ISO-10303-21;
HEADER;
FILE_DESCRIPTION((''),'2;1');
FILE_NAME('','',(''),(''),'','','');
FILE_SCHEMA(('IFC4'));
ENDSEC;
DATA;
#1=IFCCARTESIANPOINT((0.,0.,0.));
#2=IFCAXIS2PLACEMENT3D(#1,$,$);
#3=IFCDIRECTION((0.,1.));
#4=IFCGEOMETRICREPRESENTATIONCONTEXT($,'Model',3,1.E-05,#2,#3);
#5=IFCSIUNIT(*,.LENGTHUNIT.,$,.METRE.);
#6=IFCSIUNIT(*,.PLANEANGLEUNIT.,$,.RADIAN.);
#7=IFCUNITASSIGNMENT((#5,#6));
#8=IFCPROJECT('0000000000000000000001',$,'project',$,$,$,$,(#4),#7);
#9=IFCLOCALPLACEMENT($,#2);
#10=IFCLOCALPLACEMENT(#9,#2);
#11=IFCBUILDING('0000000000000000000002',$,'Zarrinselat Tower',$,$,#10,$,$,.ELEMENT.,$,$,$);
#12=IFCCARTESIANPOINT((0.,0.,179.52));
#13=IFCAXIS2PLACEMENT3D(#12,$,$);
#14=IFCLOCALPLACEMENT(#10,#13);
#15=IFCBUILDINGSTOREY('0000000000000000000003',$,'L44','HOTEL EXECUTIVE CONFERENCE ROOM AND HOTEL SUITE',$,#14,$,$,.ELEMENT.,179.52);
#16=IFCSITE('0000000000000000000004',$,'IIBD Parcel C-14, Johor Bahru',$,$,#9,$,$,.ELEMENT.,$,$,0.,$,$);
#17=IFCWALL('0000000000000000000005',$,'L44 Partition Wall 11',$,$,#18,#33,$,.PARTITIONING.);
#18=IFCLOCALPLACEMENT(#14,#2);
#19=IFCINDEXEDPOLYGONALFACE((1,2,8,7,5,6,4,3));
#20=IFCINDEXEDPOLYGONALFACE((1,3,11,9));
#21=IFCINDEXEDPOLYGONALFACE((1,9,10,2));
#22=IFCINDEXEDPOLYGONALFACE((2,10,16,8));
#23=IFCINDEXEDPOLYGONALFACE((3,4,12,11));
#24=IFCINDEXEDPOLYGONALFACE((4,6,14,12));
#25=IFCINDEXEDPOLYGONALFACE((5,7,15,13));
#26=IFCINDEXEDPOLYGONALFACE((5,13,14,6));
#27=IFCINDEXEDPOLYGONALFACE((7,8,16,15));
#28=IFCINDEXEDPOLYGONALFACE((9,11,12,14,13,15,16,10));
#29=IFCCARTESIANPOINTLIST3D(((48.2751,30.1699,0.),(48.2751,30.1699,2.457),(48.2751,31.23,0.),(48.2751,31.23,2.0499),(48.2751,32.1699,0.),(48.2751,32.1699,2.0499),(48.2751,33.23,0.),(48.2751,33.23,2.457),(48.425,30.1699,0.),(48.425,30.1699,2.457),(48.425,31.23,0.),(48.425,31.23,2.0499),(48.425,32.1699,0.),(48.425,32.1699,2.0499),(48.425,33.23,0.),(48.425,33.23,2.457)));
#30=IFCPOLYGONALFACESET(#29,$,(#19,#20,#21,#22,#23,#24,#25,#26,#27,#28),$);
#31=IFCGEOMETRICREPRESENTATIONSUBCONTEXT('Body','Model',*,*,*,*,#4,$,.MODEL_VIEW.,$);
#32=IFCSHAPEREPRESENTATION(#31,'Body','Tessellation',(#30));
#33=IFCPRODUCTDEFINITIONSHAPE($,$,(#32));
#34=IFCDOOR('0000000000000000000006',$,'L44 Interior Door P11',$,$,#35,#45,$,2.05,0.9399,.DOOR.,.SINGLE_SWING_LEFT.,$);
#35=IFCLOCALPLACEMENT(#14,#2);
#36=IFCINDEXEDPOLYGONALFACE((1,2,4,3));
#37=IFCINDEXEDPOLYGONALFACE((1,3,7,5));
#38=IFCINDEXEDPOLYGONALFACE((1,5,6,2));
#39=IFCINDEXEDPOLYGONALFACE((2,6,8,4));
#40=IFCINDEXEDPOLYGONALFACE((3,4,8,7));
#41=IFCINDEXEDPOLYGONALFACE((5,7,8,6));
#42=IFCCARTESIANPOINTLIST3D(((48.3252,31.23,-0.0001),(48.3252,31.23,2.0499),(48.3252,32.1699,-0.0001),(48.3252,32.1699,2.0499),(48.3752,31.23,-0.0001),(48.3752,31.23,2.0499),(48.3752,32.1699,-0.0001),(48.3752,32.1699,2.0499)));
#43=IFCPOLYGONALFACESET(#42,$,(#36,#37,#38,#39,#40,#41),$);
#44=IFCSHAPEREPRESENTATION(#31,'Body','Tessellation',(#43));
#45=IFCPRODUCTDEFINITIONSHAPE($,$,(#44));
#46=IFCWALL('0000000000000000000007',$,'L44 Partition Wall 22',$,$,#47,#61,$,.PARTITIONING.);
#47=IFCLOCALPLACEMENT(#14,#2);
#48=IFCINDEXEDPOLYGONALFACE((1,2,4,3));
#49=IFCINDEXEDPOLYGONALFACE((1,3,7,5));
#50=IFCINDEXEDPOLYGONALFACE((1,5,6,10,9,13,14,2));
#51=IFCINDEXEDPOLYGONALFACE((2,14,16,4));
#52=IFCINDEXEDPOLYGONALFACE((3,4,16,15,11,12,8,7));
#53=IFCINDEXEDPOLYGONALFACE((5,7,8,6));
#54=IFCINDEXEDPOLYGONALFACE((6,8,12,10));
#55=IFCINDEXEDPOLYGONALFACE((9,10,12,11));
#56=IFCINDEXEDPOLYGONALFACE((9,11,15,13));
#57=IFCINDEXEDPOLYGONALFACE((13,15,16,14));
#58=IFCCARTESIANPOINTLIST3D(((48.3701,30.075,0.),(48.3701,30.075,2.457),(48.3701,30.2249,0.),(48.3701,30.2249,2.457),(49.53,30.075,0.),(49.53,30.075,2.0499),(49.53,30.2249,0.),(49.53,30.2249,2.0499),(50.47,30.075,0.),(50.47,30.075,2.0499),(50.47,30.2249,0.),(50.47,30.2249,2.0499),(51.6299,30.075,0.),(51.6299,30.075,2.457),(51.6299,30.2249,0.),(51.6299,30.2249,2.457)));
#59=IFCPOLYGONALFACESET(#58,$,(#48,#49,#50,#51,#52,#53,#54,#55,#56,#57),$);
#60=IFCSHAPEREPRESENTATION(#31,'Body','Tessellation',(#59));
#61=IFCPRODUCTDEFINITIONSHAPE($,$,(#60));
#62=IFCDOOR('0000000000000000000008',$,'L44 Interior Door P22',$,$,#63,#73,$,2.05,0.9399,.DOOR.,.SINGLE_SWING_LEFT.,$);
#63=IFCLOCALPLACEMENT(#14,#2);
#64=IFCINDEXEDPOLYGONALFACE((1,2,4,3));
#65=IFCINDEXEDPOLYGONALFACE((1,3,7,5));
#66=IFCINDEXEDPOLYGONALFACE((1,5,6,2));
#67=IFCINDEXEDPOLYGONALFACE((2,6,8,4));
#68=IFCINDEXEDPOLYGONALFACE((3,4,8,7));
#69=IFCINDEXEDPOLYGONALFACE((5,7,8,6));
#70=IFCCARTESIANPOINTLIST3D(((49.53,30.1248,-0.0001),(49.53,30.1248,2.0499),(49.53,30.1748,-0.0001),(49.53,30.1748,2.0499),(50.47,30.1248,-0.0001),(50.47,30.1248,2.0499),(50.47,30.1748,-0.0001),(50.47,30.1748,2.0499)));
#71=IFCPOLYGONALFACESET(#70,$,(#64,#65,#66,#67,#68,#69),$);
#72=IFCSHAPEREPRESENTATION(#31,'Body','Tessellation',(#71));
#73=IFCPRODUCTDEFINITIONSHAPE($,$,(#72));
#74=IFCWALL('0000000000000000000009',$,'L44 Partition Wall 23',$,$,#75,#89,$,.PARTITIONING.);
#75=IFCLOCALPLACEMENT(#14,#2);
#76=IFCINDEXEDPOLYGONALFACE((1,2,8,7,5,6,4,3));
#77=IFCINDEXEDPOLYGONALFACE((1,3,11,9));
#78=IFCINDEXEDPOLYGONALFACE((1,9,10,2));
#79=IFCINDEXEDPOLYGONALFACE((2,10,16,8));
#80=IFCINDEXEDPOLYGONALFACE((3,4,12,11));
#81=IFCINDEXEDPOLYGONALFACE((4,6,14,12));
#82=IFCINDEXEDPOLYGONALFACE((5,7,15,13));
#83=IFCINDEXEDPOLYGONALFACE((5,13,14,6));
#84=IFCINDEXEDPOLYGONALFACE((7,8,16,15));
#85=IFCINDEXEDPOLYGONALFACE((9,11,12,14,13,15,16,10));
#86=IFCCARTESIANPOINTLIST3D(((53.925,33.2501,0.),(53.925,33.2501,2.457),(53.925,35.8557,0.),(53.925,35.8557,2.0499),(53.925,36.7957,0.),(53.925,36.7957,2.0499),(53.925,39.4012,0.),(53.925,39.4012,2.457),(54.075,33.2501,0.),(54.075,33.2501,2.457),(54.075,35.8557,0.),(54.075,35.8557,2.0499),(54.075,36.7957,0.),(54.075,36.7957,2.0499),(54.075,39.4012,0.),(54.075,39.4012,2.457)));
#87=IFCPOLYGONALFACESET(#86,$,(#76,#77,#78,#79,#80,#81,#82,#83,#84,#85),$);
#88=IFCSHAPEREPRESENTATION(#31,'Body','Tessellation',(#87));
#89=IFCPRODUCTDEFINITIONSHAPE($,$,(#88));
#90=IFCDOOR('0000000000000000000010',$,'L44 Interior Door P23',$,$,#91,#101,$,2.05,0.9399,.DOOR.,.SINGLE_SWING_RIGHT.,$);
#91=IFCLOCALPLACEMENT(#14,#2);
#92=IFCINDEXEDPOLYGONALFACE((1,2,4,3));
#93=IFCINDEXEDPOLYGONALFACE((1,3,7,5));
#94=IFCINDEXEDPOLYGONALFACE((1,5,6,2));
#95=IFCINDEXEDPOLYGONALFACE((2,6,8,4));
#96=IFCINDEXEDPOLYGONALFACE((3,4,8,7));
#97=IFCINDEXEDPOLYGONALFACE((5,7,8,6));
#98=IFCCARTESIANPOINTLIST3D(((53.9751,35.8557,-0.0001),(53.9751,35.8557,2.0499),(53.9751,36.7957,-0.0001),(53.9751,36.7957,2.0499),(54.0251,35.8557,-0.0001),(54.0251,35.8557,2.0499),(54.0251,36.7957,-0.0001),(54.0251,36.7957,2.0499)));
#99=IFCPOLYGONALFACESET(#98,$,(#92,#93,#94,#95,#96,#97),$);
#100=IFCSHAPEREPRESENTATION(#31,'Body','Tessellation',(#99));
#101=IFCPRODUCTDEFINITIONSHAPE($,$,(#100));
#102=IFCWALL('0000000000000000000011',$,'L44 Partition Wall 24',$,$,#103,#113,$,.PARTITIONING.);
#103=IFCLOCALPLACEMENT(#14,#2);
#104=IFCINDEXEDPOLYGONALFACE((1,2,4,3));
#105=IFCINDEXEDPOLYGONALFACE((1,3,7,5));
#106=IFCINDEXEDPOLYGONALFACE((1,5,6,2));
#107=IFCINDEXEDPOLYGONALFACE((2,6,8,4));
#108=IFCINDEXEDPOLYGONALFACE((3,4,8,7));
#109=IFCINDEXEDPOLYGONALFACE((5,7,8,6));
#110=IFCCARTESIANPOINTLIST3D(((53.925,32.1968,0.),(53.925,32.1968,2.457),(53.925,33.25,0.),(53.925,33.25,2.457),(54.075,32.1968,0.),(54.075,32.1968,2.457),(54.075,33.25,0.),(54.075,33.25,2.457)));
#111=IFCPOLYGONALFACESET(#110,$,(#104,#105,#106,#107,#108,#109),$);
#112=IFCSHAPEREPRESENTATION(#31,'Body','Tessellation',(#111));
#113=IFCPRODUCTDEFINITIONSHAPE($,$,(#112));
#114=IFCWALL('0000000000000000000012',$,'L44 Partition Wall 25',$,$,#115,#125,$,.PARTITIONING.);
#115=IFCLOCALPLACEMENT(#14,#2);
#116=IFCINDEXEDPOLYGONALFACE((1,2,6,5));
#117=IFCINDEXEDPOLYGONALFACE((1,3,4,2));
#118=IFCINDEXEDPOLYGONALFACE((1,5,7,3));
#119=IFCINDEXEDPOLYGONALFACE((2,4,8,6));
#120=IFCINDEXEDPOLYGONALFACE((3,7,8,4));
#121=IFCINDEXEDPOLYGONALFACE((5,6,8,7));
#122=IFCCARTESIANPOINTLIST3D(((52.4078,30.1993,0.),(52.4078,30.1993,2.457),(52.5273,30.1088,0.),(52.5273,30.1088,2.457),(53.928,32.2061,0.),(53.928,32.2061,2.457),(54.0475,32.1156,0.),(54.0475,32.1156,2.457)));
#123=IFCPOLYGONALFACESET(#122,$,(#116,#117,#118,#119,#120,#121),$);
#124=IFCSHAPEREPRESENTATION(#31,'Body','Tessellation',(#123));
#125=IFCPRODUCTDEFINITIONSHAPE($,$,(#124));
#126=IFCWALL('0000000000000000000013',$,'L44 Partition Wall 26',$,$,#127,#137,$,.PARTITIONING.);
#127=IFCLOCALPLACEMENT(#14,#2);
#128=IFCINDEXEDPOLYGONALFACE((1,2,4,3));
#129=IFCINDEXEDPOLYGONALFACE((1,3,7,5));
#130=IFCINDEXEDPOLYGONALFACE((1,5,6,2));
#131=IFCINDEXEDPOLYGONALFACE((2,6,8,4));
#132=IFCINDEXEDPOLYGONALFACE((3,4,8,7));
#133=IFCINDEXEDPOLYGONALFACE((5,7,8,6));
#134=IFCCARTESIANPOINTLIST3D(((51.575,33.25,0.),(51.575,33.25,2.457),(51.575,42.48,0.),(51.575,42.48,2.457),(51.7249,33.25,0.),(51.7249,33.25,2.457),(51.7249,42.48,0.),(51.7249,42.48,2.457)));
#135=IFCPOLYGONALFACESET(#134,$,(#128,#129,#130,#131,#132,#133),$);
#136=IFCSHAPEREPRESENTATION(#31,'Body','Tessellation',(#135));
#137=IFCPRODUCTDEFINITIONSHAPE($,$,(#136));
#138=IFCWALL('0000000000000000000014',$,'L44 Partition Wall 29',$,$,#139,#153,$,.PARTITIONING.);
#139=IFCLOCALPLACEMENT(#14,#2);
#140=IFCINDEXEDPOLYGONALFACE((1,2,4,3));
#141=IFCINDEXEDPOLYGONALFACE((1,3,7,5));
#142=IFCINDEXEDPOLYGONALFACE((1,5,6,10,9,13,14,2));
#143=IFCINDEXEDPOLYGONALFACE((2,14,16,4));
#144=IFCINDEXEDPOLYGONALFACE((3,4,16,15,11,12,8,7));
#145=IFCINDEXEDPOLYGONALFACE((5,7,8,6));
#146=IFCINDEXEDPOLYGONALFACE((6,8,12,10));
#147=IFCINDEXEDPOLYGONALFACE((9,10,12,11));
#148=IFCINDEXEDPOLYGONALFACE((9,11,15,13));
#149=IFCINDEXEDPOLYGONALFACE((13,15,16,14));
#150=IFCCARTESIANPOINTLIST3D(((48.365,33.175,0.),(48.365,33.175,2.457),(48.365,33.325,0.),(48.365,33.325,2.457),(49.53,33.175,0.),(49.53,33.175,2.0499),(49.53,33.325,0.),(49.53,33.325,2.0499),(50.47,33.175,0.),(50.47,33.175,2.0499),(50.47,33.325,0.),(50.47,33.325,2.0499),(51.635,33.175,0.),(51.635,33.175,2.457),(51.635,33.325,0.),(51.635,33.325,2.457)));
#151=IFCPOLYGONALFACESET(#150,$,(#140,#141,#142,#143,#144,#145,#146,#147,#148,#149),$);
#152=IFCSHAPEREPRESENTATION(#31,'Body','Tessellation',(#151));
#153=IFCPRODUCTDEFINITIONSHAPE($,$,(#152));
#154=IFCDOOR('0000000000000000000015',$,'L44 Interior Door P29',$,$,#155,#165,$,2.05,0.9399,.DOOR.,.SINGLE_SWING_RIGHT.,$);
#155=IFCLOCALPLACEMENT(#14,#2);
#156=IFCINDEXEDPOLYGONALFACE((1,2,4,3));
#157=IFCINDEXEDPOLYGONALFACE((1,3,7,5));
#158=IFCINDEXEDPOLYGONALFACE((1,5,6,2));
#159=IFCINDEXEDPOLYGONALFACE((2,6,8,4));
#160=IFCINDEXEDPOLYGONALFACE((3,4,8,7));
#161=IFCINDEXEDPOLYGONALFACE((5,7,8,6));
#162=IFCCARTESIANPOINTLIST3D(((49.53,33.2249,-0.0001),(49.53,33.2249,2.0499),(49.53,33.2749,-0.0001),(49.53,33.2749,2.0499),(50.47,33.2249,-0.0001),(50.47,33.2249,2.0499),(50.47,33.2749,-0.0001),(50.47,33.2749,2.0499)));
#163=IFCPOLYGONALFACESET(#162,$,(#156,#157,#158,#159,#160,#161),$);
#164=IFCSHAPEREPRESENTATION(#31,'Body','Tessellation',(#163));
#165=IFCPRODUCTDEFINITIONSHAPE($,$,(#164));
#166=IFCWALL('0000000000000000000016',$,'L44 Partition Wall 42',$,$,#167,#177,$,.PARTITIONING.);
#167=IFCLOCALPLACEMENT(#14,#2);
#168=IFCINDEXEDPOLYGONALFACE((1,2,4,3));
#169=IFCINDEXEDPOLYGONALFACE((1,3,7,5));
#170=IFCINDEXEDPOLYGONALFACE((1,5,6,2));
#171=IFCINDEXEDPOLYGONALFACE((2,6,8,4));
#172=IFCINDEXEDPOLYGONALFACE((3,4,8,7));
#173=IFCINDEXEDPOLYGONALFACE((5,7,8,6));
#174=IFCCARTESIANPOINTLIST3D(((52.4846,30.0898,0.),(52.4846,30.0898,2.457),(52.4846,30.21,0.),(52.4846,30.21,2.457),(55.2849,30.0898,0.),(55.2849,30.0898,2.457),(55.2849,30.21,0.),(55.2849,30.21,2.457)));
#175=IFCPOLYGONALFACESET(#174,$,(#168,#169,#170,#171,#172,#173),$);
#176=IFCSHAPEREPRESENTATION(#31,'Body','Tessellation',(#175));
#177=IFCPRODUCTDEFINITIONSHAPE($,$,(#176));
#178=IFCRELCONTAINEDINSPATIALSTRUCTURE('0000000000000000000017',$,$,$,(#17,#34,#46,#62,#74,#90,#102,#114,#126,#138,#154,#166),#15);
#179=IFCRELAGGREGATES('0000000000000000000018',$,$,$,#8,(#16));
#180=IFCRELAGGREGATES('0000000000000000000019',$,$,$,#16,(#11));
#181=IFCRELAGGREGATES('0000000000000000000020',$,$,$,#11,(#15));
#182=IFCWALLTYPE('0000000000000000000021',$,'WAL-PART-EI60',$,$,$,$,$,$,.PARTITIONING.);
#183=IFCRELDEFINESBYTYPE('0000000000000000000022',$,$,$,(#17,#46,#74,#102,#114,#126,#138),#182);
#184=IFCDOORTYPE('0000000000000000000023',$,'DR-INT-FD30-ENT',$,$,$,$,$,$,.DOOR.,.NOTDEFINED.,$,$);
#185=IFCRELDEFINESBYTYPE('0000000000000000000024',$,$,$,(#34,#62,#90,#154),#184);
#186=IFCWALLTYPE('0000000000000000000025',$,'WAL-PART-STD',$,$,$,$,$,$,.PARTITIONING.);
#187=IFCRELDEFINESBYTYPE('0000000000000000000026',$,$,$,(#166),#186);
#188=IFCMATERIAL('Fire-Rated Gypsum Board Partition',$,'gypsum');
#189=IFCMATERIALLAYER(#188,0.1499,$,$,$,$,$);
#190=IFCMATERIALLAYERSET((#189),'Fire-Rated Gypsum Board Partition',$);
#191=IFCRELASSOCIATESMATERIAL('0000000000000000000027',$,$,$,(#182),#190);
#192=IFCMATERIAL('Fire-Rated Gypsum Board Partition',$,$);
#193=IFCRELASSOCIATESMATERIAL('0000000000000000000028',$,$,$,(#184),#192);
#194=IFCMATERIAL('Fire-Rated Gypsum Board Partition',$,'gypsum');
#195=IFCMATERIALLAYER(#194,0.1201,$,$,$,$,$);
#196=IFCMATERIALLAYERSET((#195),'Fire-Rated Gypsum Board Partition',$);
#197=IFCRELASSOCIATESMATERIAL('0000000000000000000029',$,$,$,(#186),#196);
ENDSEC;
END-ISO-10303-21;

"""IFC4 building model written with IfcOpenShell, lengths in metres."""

from ifc_helpers import new_model, si_unit, direction, frame, frame_2d, origin, place, context, subcontext, project, spatial, rectangle, extrude, material, layer, layer_set, type_object, element, fill, save


model = new_model("IFC4")

# Units and contexts
model_context = context("Model", 3, precision=1e-05, world=origin(), true_north=direction((0.0, 1.0)))
body_context = subcontext(model_context, "Body", "Model", "MODEL_VIEW")
ifc_project = project(units=[si_unit("LENGTHUNIT", "METRE"), si_unit("PLANEANGLEUNIT", "RADIAN")], contexts=[model_context])

# Site, building, storey
site_placement = place(None, origin())
site = spatial("IfcSite", under=ifc_project, at=site_placement, Name="IIBD Parcel C-14, Johor Bahru", CompositionType="ELEMENT", RefElevation=0.0)
building_placement = place(site_placement, origin())
building = spatial("IfcBuilding", under=site, at=building_placement, Name="Zarrinselat Tower", CompositionType="ELEMENT")
storey_placement = place(building_placement, frame((0.0, 0.0, 179.52)))
storey = spatial("IfcBuildingStorey", under=building, at=storey_placement, Name="L44", Description="HOTEL EXECUTIVE CONFERENCE ROOM AND HOTEL SUITE", CompositionType="ELEMENT", Elevation=179.52)

# Walls, openings, doors
ifc_material_1 = material(Name="Fire-Rated Gypsum Board Partition", Category="gypsum")
ifc_layer_1 = layer(ifc_material_1, 0.1499)
ifc_layer_set_1 = layer_set([ifc_layer_1], Name="Fire-Rated Gypsum Board Partition")
wall_type_1 = type_object("IfcWallType", Name="WAL-PART-EI60", PredefinedType="PARTITIONING", material=ifc_layer_set_1)
wall_1_placement = place(storey_placement, frame((48.3501, 30.1699, 0.0), z_axis=(0.0, 0.0, 1.0), x_axis=(0.0, 1.0, 0.0)))
wall_1 = element("IfcWall", 1, at=wall_1_placement, inside=storey, type_object=wall_type_1, Name="L44 Partition Wall 11", PredefinedType="PARTITIONING", context=body_context, shape_type="SweptSolid", body=[
    extrude(rectangle(XDim=3.0601, YDim=0.1499, at=frame_2d((1.53, 0.0))), origin(), (0.0, 0.0, 1.0), 2.457),
])
opening_1_placement = place(wall_1_placement, frame((1.0601, 0.0, 0.0)))
opening_1 = element("IfcOpeningElement", 2, at=opening_1_placement, cuts=wall_1, PredefinedType="OPENING", context=body_context, shape_type="SweptSolid", body=[
    extrude(rectangle(XDim=0.9399, YDim=2.05, at=frame_2d((0.47, 1.0249))), frame((0.0, 0.085, 0.0), z_axis=(0.0, -1.0, 0.0), x_axis=(1.0, 0.0, 0.0)), (0.0, 0.0, 1.0), 0.1699),
])
ifc_material_2 = material(Name="Fire-Rated Gypsum Board Partition")
door_type = type_object("IfcDoorType", Name="DR-INT-FD30-ENT", OperationType="NOTDEFINED", PredefinedType="DOOR", material=ifc_material_2)
door_1_placement = place(opening_1_placement, origin())
door_1 = element("IfcDoor", 3, at=door_1_placement, inside=storey, type_object=door_type, Name="L44 Interior Door P11", OperationType="SINGLE_SWING_LEFT", OverallHeight=2.05, OverallWidth=0.9399, PredefinedType="DOOR", context=body_context, shape_type="SweptSolid", body=[
    extrude(rectangle(XDim=0.9399, YDim=2.05, at=frame_2d((0.47, 1.0249))), frame((0.0, 0.0249, 0.0), z_axis=(0.0, -1.0, 0.0), x_axis=(1.0, 0.0, 0.0)), (0.0, 0.0, 1.0), 0.05),
])
fill(opening_1, door_1)
wall_2_placement = place(storey_placement, frame((48.3701, 30.1499, 0.0), z_axis=(0.0, 0.0, 1.0), x_axis=(1.0, 0.0, 0.0)))
wall_2 = element("IfcWall", 4, at=wall_2_placement, inside=storey, type_object=wall_type_1, Name="L44 Partition Wall 22", PredefinedType="PARTITIONING", context=body_context, shape_type="SweptSolid", body=[
    extrude(rectangle(XDim=3.2598, YDim=0.1499, at=frame_2d((1.6299, 0.0))), origin(), (0.0, 0.0, 1.0), 2.457),
])
opening_2_placement = place(wall_2_placement, frame((1.1599, 0.0, 0.0)))
opening_2 = element("IfcOpeningElement", 5, at=opening_2_placement, cuts=wall_2, PredefinedType="OPENING", context=body_context, shape_type="SweptSolid", body=[
    extrude(rectangle(XDim=0.9399, YDim=2.05, at=frame_2d((0.47, 1.0249))), frame((0.0, 0.085, 0.0), z_axis=(0.0, -1.0, 0.0), x_axis=(1.0, 0.0, 0.0)), (0.0, 0.0, 1.0), 0.1699),
])
door_2_placement = place(opening_2_placement, origin())
door_2 = element("IfcDoor", 6, at=door_2_placement, inside=storey, type_object=door_type, Name="L44 Interior Door P22", OperationType="SINGLE_SWING_LEFT", OverallHeight=2.05, OverallWidth=0.9399, PredefinedType="DOOR", context=body_context, shape_type="SweptSolid", body=[
    extrude(rectangle(XDim=0.9399, YDim=2.05, at=frame_2d((0.47, 1.0249))), frame((0.0, 0.0249, 0.0), z_axis=(0.0, -1.0, 0.0), x_axis=(1.0, 0.0, 0.0)), (0.0, 0.0, 1.0), 0.05),
])
fill(opening_2, door_2)
wall_3_placement = place(storey_placement, frame((54.0, 33.25, 0.0), z_axis=(0.0, 0.0, 1.0), x_axis=(0.0, 1.0, 0.0)))
wall_3 = element("IfcWall", 7, at=wall_3_placement, inside=storey, type_object=wall_type_1, Name="L44 Partition Wall 23", PredefinedType="PARTITIONING", context=body_context, shape_type="SweptSolid", body=[
    extrude(rectangle(XDim=6.1511, YDim=0.1499, at=frame_2d((3.0757, 0.0))), origin(), (0.0, 0.0, 1.0), 2.457),
])
opening_3_placement = place(wall_3_placement, frame((2.6057, 0.0, 0.0)))
opening_3 = element("IfcOpeningElement", 8, at=opening_3_placement, cuts=wall_3, PredefinedType="OPENING", context=body_context, shape_type="SweptSolid", body=[
    extrude(rectangle(XDim=0.9399, YDim=2.05, at=frame_2d((0.47, 1.0249))), frame((0.0, 0.085, 0.0), z_axis=(0.0, -1.0, 0.0), x_axis=(1.0, 0.0, 0.0)), (0.0, 0.0, 1.0), 0.1699),
])
door_3_placement = place(opening_3_placement, origin())
door_3 = element("IfcDoor", 9, at=door_3_placement, inside=storey, type_object=door_type, Name="L44 Interior Door P23", OperationType="SINGLE_SWING_RIGHT", OverallHeight=2.05, OverallWidth=0.9399, PredefinedType="DOOR", context=body_context, shape_type="SweptSolid", body=[
    extrude(rectangle(XDim=0.9399, YDim=2.05, at=frame_2d((0.47, 1.0249))), frame((0.0, 0.0249, 0.0), z_axis=(0.0, -1.0, 0.0), x_axis=(1.0, 0.0, 0.0)), (0.0, 0.0, 1.0), 0.05),
])
fill(opening_3, door_3)

# Walls
wall_4_placement = place(storey_placement, frame((54.0, 32.1968, 0.0), z_axis=(0.0, 0.0, 1.0), x_axis=(0.0, 1.0, 0.0)))
element("IfcWall", 10, at=wall_4_placement, inside=storey, type_object=wall_type_1, Name="L44 Partition Wall 24", PredefinedType="PARTITIONING", context=body_context, shape_type="SweptSolid", body=[
    extrude(rectangle(XDim=1.0532, YDim=0.1499, at=frame_2d((0.5266, 0.0))), origin(), (0.0, 0.0, 1.0), 2.457),
])
wall_5_placement = place(storey_placement, frame((52.4675, 30.1541, 0.0), z_axis=(0.0, 0.0, 1.0), x_axis=(0.603841, 0.797105, 0.0)))
element("IfcWall", 11, at=wall_5_placement, inside=storey, type_object=wall_type_1, Name="L44 Partition Wall 25", PredefinedType="PARTITIONING", context=body_context, shape_type="SweptSolid", body=[
    extrude(rectangle(XDim=2.5176, YDim=0.1499, at=frame_2d((1.2588, 0.0))), origin(), (0.0, 0.0, 1.0), 2.457),
])
wall_6_placement = place(storey_placement, frame((51.6499, 33.25, 0.0), z_axis=(0.0, 0.0, 1.0), x_axis=(0.0, 1.0, 0.0)))
element("IfcWall", 12, at=wall_6_placement, inside=storey, type_object=wall_type_1, Name="L44 Partition Wall 26", PredefinedType="PARTITIONING", context=body_context, shape_type="SweptSolid", body=[
    extrude(rectangle(XDim=9.23, YDim=0.1499, at=frame_2d((4.615, 0.0))), origin(), (0.0, 0.0, 1.0), 2.457),
])

# Wall, opening, door
wall_7_placement = place(storey_placement, frame((48.365, 33.25, 0.0), z_axis=(0.0, 0.0, 1.0), x_axis=(1.0, 0.0, 0.0)))
wall_7 = element("IfcWall", 13, at=wall_7_placement, inside=storey, type_object=wall_type_1, Name="L44 Partition Wall 29", PredefinedType="PARTITIONING", context=body_context, shape_type="SweptSolid", body=[
    extrude(rectangle(XDim=3.27, YDim=0.1499, at=frame_2d((1.635, 0.0))), origin(), (0.0, 0.0, 1.0), 2.457),
])
opening_4_placement = place(wall_7_placement, frame((1.165, 0.0, 0.0)))
opening_4 = element("IfcOpeningElement", 14, at=opening_4_placement, cuts=wall_7, PredefinedType="OPENING", context=body_context, shape_type="SweptSolid", body=[
    extrude(rectangle(XDim=0.9399, YDim=2.05, at=frame_2d((0.47, 1.0249))), frame((0.0, 0.085, 0.0), z_axis=(0.0, -1.0, 0.0), x_axis=(1.0, 0.0, 0.0)), (0.0, 0.0, 1.0), 0.1699),
])
door_4_placement = place(opening_4_placement, origin())
door_4 = element("IfcDoor", 15, at=door_4_placement, inside=storey, type_object=door_type, Name="L44 Interior Door P29", OperationType="SINGLE_SWING_RIGHT", OverallHeight=2.05, OverallWidth=0.9399, PredefinedType="DOOR", context=body_context, shape_type="SweptSolid", body=[
    extrude(rectangle(XDim=0.9399, YDim=2.05, at=frame_2d((0.47, 1.0249))), frame((0.0, 0.0249, 0.0), z_axis=(0.0, -1.0, 0.0), x_axis=(1.0, 0.0, 0.0)), (0.0, 0.0, 1.0), 0.05),
])
fill(opening_4, door_4)

# Wall
ifc_material_3 = material(Name="Fire-Rated Gypsum Board Partition", Category="gypsum")
ifc_layer_2 = layer(ifc_material_3, 0.1201)
ifc_layer_set_2 = layer_set([ifc_layer_2], Name="Fire-Rated Gypsum Board Partition")
wall_type_2 = type_object("IfcWallType", Name="WAL-PART-STD", PredefinedType="PARTITIONING", material=ifc_layer_set_2)
wall_8_placement = place(storey_placement, frame((52.4846, 30.1499, 0.0), z_axis=(0.0, 0.0, 1.0), x_axis=(1.0, 0.0, 0.0)))
element("IfcWall", 16, at=wall_8_placement, inside=storey, type_object=wall_type_2, Name="L44 Partition Wall 42", PredefinedType="PARTITIONING", context=body_context, shape_type="SweptSolid", body=[
    extrude(rectangle(XDim=2.8003, YDim=0.1201, at=frame_2d((1.4001, 0.0))), origin(), (0.0, 0.0, 1.0), 2.457),
])

save(model, "model.ifc")
